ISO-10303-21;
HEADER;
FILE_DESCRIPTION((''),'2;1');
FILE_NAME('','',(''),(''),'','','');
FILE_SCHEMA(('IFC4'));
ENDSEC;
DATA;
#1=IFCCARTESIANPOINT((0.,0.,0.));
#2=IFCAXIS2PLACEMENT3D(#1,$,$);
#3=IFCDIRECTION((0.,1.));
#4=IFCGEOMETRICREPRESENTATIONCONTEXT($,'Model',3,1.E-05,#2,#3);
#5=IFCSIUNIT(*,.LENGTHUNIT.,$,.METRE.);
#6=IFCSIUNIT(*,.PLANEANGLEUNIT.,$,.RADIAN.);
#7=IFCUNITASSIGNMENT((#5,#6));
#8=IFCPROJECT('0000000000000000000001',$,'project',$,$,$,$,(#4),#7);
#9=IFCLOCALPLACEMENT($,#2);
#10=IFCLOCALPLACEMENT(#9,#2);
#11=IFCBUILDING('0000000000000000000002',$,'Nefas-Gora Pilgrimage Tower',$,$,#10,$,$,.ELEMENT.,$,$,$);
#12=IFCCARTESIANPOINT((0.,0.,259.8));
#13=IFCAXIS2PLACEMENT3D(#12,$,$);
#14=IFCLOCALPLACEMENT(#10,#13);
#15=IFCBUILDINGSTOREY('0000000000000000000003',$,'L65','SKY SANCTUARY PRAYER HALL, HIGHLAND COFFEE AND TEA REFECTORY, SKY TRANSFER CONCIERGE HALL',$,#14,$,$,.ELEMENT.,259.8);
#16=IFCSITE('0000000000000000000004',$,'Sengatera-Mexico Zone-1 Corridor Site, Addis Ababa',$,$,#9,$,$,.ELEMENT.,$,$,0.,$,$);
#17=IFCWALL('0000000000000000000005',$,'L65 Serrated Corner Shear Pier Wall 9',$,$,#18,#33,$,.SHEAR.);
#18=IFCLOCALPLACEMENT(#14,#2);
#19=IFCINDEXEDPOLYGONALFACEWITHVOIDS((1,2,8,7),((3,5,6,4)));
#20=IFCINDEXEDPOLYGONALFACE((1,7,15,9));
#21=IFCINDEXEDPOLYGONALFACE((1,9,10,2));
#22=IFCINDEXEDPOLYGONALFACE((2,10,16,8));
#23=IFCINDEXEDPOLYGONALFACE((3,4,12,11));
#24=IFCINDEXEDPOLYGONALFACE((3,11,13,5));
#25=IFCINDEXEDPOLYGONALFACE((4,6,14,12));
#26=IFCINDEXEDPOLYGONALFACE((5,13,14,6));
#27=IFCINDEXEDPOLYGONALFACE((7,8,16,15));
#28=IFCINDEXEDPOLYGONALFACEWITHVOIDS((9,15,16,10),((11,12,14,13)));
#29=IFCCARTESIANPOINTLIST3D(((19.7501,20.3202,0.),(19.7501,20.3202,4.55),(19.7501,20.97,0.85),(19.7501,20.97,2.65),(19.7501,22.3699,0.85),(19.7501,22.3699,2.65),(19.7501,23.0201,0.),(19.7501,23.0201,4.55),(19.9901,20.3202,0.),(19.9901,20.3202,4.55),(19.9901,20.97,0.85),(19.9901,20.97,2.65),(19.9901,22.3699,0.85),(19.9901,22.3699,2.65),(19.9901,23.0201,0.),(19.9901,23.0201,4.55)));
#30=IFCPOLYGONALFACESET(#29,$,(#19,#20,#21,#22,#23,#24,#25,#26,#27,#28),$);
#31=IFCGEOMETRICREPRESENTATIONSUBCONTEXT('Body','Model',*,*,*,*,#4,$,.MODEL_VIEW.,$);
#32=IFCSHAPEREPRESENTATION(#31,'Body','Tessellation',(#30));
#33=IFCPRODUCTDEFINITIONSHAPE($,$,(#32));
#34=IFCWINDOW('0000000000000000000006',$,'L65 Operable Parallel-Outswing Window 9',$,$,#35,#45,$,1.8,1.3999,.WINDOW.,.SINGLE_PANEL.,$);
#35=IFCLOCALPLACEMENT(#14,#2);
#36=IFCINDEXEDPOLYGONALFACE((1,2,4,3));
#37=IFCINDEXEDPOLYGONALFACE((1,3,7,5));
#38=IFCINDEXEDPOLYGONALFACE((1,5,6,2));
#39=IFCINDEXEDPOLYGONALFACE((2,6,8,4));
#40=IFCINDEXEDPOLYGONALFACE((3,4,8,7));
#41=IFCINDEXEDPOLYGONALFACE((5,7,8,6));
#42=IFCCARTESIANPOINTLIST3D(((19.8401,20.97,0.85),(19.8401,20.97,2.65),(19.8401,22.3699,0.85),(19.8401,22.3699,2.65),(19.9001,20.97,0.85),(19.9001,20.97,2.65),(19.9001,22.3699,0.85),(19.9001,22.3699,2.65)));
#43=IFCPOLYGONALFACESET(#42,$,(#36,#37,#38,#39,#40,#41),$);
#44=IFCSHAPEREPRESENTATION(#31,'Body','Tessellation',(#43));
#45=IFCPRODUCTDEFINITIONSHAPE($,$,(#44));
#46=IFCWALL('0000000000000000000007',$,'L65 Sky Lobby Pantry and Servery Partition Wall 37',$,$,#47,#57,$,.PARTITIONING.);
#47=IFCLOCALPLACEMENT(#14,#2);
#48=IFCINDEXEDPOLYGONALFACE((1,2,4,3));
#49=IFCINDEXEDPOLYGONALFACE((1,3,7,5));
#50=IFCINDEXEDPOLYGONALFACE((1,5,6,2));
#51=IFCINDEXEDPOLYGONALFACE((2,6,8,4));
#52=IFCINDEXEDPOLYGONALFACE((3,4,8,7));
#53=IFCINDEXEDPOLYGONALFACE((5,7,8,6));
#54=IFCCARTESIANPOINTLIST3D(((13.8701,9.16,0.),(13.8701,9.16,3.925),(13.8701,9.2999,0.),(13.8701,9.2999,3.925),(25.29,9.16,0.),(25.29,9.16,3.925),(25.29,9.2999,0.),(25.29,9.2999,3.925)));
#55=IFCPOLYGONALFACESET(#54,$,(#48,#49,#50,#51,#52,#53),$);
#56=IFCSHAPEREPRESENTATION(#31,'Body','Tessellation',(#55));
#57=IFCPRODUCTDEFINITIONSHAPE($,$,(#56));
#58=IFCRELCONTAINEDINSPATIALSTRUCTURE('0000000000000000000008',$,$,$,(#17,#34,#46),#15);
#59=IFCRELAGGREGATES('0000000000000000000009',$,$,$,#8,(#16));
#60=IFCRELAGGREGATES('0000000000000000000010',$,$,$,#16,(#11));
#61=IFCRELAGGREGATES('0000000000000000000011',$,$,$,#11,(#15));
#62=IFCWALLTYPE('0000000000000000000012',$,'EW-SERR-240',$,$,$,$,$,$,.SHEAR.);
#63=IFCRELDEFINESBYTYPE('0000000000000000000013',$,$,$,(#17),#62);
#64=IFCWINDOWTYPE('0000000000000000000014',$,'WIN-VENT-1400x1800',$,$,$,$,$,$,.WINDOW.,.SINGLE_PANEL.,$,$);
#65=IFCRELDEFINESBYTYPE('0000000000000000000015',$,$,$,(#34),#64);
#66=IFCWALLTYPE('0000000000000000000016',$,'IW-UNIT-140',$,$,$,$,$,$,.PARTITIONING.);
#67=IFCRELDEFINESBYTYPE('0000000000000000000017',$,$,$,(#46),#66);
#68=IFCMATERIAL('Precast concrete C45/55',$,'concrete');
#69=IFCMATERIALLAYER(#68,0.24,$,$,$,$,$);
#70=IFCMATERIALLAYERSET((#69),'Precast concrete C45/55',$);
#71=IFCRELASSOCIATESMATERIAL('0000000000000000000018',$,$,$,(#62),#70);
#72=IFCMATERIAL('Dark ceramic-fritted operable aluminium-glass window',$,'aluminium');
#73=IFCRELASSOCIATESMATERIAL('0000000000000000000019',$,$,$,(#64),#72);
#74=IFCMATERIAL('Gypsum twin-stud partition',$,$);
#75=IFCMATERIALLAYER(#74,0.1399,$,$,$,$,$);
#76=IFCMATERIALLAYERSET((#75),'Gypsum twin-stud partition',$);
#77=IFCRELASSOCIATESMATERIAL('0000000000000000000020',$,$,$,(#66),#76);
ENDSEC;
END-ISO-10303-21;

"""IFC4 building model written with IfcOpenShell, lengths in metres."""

from ifc_helpers import new_model, si_unit, direction, frame, frame_2d, origin, place, context, subcontext, project, spatial, rectangle, extrude, source, transform, mapped, material, layer, layer_set, type_object, element, fill, save


model = new_model("IFC4")

# Units and contexts
model_context = context("Model", 3, precision=1e-05, world=origin(), true_north=direction((0.0, 1.0)))
body_context = subcontext(model_context, "Body", "Model", "MODEL_VIEW")
ifc_project = project(units=[si_unit("LENGTHUNIT", "METRE"), si_unit("PLANEANGLEUNIT", "RADIAN")], contexts=[model_context])

# Site, building, storey
site_placement = place(None, origin())
site = spatial("IfcSite", under=ifc_project, at=site_placement, Name="Sengatera-Mexico Zone-1 Corridor Site, Addis Ababa", CompositionType="ELEMENT", RefElevation=0.0)
building_placement = place(site_placement, origin())
building = spatial("IfcBuilding", under=site, at=building_placement, Name="Nefas-Gora Pilgrimage Tower", CompositionType="ELEMENT")
storey_placement = place(building_placement, frame((0.0, 0.0, 259.8)))
storey = spatial("IfcBuildingStorey", under=building, at=storey_placement, Name="L65", Description="SKY SANCTUARY PRAYER HALL, HIGHLAND COFFEE AND TEA REFECTORY, SKY TRANSFER CONCIERGE HALL", CompositionType="ELEMENT", Elevation=259.8)

# Shared definitions
ifc_material_1 = material(Name="Precast concrete C45/55", Category="concrete")
ifc_layer_1 = layer(ifc_material_1, 0.24)
ifc_layer_set_1 = layer_set([ifc_layer_1], Name="Precast concrete C45/55")
wall_type_1 = type_object("IfcWallType", Name="EW-SERR-240", PredefinedType="SHEAR", material=ifc_layer_set_1)
shared_shape_1 = source(origin(), body_context, "Body", "SweptSolid", [
    extrude(rectangle(XDim=2.7, YDim=0.24, at=frame_2d((1.3501, 0.0))), origin(), (0.0, 0.0, 1.0), 4.55),
])

# Wall, opening, window
wall_1_placement = place(storey_placement, frame((19.8701, 20.3201, 0.0), z_axis=(0.0, 0.0, 1.0), x_axis=(0.0, 1.0, 0.0)))
wall_1 = element("IfcWall", 1, at=wall_1_placement, inside=storey, type_object=wall_type_1, Name="L65 Serrated Corner Shear Pier Wall 9", PredefinedType="SHEAR", context=body_context, shape_type="MappedRepresentation", body=[
    mapped(shared_shape_1, transform((0.0, 0.0, 0.0), x_axis=(1.0, 0.0, 0.0), y_axis=(0.0, 1.0, 0.0), z_axis=(0.0, 0.0, 1.0), scale=1.0)),
])
opening_placement = place(wall_1_placement, frame((0.6499, 0.0, 0.8501)))
opening = element("IfcOpeningElement", 2, at=opening_placement, cuts=wall_1, PredefinedType="OPENING", context=body_context, shape_type="SweptSolid", body=[
    extrude(rectangle(XDim=1.3999, YDim=1.8, at=frame_2d((0.7, 0.8999))), frame((0.0, 0.1299, 0.0), z_axis=(0.0, -1.0, 0.0), x_axis=(1.0, 0.0, 0.0)), (0.0, 0.0, 1.0), 0.26),
])
ifc_material_2 = material(Name="Dark ceramic-fritted operable aluminium-glass window", Category="aluminium")
window_type = type_object("IfcWindowType", Name="WIN-VENT-1400x1800", PartitioningType="SINGLE_PANEL", PredefinedType="WINDOW", material=ifc_material_2)
shared_shape_2 = source(origin(), body_context, "Body", "SweptSolid", [
    extrude(rectangle(XDim=1.3999, YDim=1.8, at=frame_2d((0.7, 0.8999))), frame((0.0, 0.03, 0.0), z_axis=(0.0, -1.0, 0.0), x_axis=(1.0, 0.0, 0.0)), (0.0, 0.0, 1.0), 0.0601),
])
window_placement = place(opening_placement, origin())
window = element("IfcWindow", 3, at=window_placement, inside=storey, type_object=window_type, Name="L65 Operable Parallel-Outswing Window 9", OverallHeight=1.8, OverallWidth=1.3999, PartitioningType="SINGLE_PANEL", PredefinedType="WINDOW", context=body_context, shape_type="MappedRepresentation", body=[
    mapped(shared_shape_2, transform((0.0, 0.0, 0.0), x_axis=(1.0, 0.0, 0.0), y_axis=(0.0, 1.0, 0.0), z_axis=(0.0, 0.0, 1.0), scale=1.0)),
])
fill(opening, window)

# Wall
ifc_material_3 = material(Name="Gypsum twin-stud partition")
ifc_layer_2 = layer(ifc_material_3, 0.1399)
ifc_layer_set_2 = layer_set([ifc_layer_2], Name="Gypsum twin-stud partition")
wall_type_2 = type_object("IfcWallType", Name="IW-UNIT-140", PredefinedType="PARTITIONING", material=ifc_layer_set_2)
shared_shape_3 = source(origin(), body_context, "Body", "SweptSolid", [
    extrude(rectangle(XDim=11.4199, YDim=0.1399, at=frame_2d((5.71, 0.0))), origin(), (0.0, 0.0, 1.0), 3.925),
])
wall_2_placement = place(storey_placement, frame((13.8701, 9.23, 0.0), z_axis=(0.0, 0.0, 1.0), x_axis=(1.0, 0.0, 0.0)))
element("IfcWall", 4, at=wall_2_placement, inside=storey, type_object=wall_type_2, Name="L65 Sky Lobby Pantry and Servery Partition Wall 37", PredefinedType="PARTITIONING", context=body_context, shape_type="MappedRepresentation", body=[
    mapped(shared_shape_3, transform((0.0, 0.0, 0.0), x_axis=(1.0, 0.0, 0.0), y_axis=(0.0, 1.0, 0.0), z_axis=(0.0, 0.0, 1.0), scale=1.0)),
])

save(model, "model.ifc")
